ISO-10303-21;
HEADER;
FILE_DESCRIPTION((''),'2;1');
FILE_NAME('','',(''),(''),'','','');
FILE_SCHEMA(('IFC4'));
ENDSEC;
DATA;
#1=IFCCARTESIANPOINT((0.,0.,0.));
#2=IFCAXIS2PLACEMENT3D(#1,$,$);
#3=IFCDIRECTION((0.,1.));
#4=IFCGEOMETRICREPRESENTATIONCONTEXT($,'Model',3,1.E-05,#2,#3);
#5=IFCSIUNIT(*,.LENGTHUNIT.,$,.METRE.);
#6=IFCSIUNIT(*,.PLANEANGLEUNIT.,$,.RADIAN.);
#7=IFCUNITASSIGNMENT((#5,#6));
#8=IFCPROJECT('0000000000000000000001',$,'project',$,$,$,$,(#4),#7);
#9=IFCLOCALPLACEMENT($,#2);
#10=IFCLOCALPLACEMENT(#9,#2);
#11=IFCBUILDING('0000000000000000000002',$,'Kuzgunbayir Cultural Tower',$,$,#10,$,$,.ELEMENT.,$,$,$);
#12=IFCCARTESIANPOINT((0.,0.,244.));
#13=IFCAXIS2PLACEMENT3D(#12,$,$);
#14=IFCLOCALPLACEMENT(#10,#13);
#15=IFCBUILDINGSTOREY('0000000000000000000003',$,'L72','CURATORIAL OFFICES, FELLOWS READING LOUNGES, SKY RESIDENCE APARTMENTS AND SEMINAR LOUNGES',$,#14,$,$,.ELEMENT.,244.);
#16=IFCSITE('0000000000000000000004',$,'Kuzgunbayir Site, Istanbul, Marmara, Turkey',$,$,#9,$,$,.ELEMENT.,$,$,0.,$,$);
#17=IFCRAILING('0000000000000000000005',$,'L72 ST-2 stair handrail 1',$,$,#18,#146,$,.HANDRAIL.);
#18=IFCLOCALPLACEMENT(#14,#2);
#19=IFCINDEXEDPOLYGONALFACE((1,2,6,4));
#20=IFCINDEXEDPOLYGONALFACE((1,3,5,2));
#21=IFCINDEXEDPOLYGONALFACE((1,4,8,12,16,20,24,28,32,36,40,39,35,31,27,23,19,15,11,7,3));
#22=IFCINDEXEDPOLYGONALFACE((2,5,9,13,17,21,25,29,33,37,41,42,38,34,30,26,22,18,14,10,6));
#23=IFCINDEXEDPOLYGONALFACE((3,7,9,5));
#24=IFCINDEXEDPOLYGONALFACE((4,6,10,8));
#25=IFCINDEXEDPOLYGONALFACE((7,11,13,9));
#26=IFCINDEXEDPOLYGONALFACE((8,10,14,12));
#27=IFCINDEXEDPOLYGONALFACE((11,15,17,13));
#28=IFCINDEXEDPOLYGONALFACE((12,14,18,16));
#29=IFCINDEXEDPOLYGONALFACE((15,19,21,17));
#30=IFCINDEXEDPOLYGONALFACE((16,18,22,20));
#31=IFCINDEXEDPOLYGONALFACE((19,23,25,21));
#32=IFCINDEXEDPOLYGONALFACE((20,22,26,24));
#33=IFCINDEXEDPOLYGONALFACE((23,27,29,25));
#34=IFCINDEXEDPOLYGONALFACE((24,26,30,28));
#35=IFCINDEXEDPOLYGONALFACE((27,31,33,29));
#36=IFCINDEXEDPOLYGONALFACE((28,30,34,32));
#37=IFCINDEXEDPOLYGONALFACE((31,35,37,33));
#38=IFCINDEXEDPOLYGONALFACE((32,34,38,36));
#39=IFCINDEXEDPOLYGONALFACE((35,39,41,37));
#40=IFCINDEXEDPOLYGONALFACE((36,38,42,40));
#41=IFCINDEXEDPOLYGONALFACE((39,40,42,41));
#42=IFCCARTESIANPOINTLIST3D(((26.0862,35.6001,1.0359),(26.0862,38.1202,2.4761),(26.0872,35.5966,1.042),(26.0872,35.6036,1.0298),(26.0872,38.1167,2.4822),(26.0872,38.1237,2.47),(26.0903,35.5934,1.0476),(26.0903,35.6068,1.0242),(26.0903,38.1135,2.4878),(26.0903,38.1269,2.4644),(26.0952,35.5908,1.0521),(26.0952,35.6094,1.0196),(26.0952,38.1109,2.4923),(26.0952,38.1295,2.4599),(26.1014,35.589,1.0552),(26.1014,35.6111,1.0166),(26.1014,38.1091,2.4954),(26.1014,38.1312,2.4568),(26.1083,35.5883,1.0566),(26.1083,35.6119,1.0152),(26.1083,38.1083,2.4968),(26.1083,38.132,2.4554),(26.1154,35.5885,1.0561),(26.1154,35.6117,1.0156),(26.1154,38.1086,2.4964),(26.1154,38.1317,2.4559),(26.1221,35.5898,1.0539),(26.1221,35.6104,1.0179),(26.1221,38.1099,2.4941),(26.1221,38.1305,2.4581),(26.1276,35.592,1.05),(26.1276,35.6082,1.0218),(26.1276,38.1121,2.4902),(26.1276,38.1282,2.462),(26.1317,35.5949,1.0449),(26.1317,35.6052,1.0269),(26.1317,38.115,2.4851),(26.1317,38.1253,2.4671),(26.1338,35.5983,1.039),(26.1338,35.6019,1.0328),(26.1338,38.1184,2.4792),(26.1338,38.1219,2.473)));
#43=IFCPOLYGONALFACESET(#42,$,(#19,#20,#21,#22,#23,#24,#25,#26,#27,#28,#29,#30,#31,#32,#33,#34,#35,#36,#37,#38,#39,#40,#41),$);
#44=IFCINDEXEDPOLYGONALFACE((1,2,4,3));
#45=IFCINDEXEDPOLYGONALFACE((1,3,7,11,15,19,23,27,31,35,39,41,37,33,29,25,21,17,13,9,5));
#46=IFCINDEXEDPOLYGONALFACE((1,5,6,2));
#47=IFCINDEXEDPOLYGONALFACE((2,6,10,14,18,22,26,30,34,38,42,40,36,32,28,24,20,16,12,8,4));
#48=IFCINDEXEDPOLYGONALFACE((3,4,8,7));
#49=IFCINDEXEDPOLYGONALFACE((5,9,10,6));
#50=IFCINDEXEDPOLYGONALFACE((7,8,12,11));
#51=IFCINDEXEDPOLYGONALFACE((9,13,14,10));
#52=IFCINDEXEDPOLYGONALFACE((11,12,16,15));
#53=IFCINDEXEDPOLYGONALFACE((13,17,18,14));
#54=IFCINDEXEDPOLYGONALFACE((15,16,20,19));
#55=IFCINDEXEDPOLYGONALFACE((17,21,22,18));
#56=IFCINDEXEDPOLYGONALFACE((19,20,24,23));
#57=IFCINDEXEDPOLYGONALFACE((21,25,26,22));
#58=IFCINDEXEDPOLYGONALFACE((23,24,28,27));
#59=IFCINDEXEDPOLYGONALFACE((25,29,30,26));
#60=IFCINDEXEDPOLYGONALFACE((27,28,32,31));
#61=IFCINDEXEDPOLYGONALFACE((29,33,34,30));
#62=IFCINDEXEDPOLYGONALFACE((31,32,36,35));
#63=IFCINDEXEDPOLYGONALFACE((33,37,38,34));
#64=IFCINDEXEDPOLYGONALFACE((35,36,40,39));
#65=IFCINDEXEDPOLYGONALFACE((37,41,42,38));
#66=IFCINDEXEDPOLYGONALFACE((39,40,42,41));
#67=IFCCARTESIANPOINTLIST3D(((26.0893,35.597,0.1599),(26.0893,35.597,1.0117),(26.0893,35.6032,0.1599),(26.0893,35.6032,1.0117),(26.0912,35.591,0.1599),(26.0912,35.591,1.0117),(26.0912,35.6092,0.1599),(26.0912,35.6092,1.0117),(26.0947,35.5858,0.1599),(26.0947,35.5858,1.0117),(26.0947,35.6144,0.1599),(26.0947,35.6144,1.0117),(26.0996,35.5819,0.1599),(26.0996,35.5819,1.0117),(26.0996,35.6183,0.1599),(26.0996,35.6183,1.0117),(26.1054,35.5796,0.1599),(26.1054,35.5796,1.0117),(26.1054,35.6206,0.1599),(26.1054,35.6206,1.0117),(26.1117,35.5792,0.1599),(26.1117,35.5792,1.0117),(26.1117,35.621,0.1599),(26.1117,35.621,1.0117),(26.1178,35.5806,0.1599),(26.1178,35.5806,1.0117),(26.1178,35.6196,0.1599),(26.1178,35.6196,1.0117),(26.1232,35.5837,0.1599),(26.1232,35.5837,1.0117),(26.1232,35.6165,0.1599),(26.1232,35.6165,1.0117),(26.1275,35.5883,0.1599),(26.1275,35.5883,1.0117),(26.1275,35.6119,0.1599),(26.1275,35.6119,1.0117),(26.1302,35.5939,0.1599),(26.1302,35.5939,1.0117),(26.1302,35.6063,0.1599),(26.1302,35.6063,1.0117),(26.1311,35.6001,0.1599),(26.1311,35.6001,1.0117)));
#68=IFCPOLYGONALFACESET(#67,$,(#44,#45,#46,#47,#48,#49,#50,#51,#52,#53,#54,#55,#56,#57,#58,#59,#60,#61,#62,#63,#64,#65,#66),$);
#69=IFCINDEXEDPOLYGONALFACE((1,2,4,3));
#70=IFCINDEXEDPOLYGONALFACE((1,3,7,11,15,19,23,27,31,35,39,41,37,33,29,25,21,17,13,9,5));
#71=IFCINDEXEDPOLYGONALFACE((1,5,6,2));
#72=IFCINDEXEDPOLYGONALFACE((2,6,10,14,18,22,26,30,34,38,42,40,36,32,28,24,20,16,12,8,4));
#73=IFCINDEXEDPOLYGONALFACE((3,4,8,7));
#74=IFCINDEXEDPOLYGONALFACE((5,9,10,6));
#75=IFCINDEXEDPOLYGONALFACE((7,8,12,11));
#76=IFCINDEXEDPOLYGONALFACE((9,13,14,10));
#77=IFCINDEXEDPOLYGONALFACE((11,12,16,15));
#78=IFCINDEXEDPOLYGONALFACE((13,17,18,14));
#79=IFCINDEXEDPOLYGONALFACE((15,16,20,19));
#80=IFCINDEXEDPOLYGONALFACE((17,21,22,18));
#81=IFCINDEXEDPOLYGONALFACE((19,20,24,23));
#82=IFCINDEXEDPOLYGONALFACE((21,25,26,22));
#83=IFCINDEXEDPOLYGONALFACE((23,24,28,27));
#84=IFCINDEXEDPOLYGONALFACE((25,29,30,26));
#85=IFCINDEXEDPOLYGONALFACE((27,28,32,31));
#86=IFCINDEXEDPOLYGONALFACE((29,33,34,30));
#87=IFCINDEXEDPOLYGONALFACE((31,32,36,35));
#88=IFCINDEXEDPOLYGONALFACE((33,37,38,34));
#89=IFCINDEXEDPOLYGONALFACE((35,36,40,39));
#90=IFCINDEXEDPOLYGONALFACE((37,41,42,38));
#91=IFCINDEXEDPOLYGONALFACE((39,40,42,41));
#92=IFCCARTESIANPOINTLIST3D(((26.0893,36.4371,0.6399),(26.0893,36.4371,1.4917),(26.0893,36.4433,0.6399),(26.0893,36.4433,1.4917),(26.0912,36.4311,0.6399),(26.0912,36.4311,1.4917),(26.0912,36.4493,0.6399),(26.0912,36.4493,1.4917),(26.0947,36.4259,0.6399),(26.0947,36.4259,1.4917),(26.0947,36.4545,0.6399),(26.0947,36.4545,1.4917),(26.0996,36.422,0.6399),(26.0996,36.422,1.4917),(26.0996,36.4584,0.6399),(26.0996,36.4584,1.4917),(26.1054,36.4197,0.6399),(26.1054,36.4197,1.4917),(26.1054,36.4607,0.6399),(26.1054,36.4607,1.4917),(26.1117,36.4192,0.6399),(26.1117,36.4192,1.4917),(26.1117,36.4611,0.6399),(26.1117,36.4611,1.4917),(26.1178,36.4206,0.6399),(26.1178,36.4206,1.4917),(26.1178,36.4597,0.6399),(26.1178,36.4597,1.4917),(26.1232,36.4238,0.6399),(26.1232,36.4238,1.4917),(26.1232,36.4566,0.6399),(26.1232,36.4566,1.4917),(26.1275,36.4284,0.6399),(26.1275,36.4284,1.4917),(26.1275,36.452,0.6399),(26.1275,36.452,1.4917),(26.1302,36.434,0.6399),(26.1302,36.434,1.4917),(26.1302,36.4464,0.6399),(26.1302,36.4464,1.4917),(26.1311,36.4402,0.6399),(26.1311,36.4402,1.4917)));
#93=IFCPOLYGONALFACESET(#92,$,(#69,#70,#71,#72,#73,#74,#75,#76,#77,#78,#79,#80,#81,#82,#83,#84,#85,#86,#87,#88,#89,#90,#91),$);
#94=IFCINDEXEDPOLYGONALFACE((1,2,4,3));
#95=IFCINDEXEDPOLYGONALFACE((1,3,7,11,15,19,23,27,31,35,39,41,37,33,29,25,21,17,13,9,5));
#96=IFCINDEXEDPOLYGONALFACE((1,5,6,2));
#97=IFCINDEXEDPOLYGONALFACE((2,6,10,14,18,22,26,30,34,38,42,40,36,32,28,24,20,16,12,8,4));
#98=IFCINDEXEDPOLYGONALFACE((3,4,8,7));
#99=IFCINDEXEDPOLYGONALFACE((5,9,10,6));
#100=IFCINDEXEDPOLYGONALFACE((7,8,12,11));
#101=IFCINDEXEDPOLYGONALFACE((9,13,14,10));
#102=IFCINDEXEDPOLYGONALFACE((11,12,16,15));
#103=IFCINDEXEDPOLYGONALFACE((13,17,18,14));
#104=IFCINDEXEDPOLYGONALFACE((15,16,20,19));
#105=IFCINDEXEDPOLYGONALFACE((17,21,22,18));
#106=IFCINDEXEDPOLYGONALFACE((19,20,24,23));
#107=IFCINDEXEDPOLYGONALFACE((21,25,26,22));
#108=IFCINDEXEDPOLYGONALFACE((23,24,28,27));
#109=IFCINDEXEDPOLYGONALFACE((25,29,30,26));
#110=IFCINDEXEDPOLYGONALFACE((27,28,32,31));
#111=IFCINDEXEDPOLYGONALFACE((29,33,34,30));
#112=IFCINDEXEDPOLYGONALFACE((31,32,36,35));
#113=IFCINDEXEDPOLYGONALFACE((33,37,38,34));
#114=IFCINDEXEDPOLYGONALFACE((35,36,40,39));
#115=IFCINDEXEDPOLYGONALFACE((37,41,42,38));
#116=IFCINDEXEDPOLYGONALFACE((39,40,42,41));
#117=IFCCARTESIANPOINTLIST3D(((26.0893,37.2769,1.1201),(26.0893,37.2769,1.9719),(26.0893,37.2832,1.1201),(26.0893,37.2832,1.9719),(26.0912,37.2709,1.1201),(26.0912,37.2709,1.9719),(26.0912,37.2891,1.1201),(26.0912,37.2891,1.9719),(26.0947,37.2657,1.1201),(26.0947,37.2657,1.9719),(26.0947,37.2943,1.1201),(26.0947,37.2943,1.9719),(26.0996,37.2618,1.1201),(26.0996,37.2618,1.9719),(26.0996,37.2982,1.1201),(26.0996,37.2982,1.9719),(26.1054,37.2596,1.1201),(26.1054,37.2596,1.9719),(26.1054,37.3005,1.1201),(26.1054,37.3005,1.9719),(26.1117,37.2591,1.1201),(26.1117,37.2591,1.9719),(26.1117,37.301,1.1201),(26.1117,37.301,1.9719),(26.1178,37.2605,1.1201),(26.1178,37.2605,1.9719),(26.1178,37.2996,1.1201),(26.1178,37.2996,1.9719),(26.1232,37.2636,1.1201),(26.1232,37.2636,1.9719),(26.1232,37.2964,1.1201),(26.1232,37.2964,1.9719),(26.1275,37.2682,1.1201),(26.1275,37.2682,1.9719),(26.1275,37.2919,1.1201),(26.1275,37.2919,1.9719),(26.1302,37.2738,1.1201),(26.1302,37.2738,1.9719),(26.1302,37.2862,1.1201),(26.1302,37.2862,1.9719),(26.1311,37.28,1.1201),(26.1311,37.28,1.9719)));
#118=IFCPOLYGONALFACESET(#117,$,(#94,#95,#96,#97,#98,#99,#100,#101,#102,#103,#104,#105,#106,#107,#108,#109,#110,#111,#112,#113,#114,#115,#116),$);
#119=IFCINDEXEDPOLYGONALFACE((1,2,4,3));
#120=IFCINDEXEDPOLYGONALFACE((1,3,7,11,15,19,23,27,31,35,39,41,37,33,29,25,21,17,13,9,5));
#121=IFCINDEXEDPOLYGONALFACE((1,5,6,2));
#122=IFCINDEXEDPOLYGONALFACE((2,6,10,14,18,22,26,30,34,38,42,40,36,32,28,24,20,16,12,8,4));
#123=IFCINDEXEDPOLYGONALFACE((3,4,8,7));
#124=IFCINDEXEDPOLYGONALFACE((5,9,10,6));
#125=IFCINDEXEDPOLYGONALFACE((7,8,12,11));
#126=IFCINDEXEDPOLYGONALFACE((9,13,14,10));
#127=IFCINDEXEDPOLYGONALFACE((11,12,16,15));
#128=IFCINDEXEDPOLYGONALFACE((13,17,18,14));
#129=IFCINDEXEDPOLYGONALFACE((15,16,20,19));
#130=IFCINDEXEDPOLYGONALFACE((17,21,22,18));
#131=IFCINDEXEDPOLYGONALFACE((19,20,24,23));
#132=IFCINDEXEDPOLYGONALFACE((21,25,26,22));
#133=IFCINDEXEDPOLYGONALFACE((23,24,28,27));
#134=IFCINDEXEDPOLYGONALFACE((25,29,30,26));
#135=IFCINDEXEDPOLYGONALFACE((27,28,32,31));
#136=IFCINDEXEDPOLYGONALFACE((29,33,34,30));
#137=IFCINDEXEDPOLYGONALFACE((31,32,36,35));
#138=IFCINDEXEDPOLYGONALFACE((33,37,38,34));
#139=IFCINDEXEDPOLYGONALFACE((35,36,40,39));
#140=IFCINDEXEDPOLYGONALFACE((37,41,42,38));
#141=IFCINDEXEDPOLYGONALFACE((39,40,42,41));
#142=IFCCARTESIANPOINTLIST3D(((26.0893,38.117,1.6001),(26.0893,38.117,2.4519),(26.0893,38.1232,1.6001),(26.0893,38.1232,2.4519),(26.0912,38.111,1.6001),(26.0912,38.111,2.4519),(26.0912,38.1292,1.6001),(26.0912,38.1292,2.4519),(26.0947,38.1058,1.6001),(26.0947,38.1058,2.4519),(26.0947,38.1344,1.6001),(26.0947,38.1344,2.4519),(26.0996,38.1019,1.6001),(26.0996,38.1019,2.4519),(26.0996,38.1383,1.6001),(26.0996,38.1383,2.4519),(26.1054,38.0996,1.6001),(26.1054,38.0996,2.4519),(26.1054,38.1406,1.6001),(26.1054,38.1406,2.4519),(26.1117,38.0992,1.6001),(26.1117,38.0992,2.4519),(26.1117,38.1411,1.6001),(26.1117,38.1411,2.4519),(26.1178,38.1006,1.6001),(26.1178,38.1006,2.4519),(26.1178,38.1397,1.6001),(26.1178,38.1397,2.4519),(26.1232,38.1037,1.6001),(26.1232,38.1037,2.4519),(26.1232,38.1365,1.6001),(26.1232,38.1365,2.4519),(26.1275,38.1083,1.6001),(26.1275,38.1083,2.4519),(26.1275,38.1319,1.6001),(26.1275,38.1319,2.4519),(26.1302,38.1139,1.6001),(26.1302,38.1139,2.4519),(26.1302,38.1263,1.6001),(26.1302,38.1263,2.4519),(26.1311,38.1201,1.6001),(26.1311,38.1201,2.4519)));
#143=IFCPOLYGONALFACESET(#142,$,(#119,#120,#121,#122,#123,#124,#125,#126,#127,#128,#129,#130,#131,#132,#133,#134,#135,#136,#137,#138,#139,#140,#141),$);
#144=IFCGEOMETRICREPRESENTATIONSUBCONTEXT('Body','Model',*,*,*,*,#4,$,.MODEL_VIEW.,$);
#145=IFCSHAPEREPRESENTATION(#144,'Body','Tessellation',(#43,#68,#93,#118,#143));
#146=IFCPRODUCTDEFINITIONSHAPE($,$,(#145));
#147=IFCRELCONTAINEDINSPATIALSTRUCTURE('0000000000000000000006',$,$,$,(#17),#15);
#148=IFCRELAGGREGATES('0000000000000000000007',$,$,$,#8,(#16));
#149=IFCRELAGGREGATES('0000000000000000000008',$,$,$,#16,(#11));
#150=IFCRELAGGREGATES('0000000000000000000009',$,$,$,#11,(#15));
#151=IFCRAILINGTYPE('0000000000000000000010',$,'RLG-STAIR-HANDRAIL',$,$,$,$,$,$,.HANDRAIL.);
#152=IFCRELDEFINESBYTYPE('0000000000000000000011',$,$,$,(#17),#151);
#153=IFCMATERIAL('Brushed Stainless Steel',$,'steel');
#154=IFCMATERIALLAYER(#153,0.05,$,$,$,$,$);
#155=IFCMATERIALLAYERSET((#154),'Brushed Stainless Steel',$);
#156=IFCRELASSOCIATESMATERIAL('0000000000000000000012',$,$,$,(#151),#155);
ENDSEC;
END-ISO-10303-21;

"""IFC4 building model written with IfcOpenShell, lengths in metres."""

from ifc_helpers import new_model, si_unit, direction, frame, origin, origin_2d, place, context, subcontext, project, spatial, circle, extrude, material, layer, layer_set, type_object, element, save


model = new_model("IFC4")

# Units and contexts
model_context = context("Model", 3, precision=1e-05, world=origin(), true_north=direction((0.0, 1.0)))
body_context = subcontext(model_context, "Body", "Model", "MODEL_VIEW")
ifc_project = project(units=[si_unit("LENGTHUNIT", "METRE"), si_unit("PLANEANGLEUNIT", "RADIAN")], contexts=[model_context])

# Site, building, storey
site_placement = place(None, origin())
site = spatial("IfcSite", under=ifc_project, at=site_placement, Name="Kuzgunbayir Site, Istanbul, Marmara, Turkey", CompositionType="ELEMENT", RefElevation=0.0)
building_placement = place(site_placement, origin())
building = spatial("IfcBuilding", under=site, at=building_placement, Name="Kuzgunbayir Cultural Tower", CompositionType="ELEMENT")
storey_placement = place(building_placement, frame((0.0, 0.0, 244.0)))
storey = spatial("IfcBuildingStorey", under=building, at=storey_placement, Name="L72", Description="CURATORIAL OFFICES, FELLOWS READING LOUNGES, SKY RESIDENCE APARTMENTS AND SEMINAR LOUNGES", CompositionType="ELEMENT", Elevation=244.0)

# Railing
ifc_material_1 = material(Name="Brushed Stainless Steel", Category="steel")
ifc_layer_1 = layer(ifc_material_1, 0.05)
ifc_layer_set_1 = layer_set([ifc_layer_1], Name="Brushed Stainless Steel")
railing_type_1 = type_object("IfcRailingType", Name="RLG-STAIR-HANDRAIL", PredefinedType="HANDRAIL", material=ifc_layer_set_1)
railing_1_placement = place(storey_placement, frame((26.1101, 35.6001, 0.1599)))
element("IfcRailing", 1, at=railing_1_placement, inside=storey, type_object=railing_type_1, Name="L72 ST-2 stair handrail 1", PredefinedType="HANDRAIL", context=body_context, shape_type="SweptSolid", body=[
    extrude(circle(Radius=0.0239, at=origin_2d()), frame((0.0, 0.0, 0.876), z_axis=(0.0, 0.868217, 0.496184), x_axis=(-1.0, 0.0, 0.0)), (0.0, 0.0, 1.0), 2.9026),
    extrude(circle(Radius=0.021, at=origin_2d()), origin(), (0.0, 0.0, 1.0), 0.8518),
    extrude(circle(Radius=0.021, at=origin_2d()), frame((0.0, 0.8401, 0.48)), (0.0, 0.0, 1.0), 0.8518),
    extrude(circle(Radius=0.021, at=origin_2d()), frame((0.0, 1.6799, 0.9602)), (0.0, 0.0, 1.0), 0.8518),
    extrude(circle(Radius=0.021, at=origin_2d()), frame((0.0, 2.52, 1.4402)), (0.0, 0.0, 1.0), 0.8518),
])

save(model, "model.ifc")
